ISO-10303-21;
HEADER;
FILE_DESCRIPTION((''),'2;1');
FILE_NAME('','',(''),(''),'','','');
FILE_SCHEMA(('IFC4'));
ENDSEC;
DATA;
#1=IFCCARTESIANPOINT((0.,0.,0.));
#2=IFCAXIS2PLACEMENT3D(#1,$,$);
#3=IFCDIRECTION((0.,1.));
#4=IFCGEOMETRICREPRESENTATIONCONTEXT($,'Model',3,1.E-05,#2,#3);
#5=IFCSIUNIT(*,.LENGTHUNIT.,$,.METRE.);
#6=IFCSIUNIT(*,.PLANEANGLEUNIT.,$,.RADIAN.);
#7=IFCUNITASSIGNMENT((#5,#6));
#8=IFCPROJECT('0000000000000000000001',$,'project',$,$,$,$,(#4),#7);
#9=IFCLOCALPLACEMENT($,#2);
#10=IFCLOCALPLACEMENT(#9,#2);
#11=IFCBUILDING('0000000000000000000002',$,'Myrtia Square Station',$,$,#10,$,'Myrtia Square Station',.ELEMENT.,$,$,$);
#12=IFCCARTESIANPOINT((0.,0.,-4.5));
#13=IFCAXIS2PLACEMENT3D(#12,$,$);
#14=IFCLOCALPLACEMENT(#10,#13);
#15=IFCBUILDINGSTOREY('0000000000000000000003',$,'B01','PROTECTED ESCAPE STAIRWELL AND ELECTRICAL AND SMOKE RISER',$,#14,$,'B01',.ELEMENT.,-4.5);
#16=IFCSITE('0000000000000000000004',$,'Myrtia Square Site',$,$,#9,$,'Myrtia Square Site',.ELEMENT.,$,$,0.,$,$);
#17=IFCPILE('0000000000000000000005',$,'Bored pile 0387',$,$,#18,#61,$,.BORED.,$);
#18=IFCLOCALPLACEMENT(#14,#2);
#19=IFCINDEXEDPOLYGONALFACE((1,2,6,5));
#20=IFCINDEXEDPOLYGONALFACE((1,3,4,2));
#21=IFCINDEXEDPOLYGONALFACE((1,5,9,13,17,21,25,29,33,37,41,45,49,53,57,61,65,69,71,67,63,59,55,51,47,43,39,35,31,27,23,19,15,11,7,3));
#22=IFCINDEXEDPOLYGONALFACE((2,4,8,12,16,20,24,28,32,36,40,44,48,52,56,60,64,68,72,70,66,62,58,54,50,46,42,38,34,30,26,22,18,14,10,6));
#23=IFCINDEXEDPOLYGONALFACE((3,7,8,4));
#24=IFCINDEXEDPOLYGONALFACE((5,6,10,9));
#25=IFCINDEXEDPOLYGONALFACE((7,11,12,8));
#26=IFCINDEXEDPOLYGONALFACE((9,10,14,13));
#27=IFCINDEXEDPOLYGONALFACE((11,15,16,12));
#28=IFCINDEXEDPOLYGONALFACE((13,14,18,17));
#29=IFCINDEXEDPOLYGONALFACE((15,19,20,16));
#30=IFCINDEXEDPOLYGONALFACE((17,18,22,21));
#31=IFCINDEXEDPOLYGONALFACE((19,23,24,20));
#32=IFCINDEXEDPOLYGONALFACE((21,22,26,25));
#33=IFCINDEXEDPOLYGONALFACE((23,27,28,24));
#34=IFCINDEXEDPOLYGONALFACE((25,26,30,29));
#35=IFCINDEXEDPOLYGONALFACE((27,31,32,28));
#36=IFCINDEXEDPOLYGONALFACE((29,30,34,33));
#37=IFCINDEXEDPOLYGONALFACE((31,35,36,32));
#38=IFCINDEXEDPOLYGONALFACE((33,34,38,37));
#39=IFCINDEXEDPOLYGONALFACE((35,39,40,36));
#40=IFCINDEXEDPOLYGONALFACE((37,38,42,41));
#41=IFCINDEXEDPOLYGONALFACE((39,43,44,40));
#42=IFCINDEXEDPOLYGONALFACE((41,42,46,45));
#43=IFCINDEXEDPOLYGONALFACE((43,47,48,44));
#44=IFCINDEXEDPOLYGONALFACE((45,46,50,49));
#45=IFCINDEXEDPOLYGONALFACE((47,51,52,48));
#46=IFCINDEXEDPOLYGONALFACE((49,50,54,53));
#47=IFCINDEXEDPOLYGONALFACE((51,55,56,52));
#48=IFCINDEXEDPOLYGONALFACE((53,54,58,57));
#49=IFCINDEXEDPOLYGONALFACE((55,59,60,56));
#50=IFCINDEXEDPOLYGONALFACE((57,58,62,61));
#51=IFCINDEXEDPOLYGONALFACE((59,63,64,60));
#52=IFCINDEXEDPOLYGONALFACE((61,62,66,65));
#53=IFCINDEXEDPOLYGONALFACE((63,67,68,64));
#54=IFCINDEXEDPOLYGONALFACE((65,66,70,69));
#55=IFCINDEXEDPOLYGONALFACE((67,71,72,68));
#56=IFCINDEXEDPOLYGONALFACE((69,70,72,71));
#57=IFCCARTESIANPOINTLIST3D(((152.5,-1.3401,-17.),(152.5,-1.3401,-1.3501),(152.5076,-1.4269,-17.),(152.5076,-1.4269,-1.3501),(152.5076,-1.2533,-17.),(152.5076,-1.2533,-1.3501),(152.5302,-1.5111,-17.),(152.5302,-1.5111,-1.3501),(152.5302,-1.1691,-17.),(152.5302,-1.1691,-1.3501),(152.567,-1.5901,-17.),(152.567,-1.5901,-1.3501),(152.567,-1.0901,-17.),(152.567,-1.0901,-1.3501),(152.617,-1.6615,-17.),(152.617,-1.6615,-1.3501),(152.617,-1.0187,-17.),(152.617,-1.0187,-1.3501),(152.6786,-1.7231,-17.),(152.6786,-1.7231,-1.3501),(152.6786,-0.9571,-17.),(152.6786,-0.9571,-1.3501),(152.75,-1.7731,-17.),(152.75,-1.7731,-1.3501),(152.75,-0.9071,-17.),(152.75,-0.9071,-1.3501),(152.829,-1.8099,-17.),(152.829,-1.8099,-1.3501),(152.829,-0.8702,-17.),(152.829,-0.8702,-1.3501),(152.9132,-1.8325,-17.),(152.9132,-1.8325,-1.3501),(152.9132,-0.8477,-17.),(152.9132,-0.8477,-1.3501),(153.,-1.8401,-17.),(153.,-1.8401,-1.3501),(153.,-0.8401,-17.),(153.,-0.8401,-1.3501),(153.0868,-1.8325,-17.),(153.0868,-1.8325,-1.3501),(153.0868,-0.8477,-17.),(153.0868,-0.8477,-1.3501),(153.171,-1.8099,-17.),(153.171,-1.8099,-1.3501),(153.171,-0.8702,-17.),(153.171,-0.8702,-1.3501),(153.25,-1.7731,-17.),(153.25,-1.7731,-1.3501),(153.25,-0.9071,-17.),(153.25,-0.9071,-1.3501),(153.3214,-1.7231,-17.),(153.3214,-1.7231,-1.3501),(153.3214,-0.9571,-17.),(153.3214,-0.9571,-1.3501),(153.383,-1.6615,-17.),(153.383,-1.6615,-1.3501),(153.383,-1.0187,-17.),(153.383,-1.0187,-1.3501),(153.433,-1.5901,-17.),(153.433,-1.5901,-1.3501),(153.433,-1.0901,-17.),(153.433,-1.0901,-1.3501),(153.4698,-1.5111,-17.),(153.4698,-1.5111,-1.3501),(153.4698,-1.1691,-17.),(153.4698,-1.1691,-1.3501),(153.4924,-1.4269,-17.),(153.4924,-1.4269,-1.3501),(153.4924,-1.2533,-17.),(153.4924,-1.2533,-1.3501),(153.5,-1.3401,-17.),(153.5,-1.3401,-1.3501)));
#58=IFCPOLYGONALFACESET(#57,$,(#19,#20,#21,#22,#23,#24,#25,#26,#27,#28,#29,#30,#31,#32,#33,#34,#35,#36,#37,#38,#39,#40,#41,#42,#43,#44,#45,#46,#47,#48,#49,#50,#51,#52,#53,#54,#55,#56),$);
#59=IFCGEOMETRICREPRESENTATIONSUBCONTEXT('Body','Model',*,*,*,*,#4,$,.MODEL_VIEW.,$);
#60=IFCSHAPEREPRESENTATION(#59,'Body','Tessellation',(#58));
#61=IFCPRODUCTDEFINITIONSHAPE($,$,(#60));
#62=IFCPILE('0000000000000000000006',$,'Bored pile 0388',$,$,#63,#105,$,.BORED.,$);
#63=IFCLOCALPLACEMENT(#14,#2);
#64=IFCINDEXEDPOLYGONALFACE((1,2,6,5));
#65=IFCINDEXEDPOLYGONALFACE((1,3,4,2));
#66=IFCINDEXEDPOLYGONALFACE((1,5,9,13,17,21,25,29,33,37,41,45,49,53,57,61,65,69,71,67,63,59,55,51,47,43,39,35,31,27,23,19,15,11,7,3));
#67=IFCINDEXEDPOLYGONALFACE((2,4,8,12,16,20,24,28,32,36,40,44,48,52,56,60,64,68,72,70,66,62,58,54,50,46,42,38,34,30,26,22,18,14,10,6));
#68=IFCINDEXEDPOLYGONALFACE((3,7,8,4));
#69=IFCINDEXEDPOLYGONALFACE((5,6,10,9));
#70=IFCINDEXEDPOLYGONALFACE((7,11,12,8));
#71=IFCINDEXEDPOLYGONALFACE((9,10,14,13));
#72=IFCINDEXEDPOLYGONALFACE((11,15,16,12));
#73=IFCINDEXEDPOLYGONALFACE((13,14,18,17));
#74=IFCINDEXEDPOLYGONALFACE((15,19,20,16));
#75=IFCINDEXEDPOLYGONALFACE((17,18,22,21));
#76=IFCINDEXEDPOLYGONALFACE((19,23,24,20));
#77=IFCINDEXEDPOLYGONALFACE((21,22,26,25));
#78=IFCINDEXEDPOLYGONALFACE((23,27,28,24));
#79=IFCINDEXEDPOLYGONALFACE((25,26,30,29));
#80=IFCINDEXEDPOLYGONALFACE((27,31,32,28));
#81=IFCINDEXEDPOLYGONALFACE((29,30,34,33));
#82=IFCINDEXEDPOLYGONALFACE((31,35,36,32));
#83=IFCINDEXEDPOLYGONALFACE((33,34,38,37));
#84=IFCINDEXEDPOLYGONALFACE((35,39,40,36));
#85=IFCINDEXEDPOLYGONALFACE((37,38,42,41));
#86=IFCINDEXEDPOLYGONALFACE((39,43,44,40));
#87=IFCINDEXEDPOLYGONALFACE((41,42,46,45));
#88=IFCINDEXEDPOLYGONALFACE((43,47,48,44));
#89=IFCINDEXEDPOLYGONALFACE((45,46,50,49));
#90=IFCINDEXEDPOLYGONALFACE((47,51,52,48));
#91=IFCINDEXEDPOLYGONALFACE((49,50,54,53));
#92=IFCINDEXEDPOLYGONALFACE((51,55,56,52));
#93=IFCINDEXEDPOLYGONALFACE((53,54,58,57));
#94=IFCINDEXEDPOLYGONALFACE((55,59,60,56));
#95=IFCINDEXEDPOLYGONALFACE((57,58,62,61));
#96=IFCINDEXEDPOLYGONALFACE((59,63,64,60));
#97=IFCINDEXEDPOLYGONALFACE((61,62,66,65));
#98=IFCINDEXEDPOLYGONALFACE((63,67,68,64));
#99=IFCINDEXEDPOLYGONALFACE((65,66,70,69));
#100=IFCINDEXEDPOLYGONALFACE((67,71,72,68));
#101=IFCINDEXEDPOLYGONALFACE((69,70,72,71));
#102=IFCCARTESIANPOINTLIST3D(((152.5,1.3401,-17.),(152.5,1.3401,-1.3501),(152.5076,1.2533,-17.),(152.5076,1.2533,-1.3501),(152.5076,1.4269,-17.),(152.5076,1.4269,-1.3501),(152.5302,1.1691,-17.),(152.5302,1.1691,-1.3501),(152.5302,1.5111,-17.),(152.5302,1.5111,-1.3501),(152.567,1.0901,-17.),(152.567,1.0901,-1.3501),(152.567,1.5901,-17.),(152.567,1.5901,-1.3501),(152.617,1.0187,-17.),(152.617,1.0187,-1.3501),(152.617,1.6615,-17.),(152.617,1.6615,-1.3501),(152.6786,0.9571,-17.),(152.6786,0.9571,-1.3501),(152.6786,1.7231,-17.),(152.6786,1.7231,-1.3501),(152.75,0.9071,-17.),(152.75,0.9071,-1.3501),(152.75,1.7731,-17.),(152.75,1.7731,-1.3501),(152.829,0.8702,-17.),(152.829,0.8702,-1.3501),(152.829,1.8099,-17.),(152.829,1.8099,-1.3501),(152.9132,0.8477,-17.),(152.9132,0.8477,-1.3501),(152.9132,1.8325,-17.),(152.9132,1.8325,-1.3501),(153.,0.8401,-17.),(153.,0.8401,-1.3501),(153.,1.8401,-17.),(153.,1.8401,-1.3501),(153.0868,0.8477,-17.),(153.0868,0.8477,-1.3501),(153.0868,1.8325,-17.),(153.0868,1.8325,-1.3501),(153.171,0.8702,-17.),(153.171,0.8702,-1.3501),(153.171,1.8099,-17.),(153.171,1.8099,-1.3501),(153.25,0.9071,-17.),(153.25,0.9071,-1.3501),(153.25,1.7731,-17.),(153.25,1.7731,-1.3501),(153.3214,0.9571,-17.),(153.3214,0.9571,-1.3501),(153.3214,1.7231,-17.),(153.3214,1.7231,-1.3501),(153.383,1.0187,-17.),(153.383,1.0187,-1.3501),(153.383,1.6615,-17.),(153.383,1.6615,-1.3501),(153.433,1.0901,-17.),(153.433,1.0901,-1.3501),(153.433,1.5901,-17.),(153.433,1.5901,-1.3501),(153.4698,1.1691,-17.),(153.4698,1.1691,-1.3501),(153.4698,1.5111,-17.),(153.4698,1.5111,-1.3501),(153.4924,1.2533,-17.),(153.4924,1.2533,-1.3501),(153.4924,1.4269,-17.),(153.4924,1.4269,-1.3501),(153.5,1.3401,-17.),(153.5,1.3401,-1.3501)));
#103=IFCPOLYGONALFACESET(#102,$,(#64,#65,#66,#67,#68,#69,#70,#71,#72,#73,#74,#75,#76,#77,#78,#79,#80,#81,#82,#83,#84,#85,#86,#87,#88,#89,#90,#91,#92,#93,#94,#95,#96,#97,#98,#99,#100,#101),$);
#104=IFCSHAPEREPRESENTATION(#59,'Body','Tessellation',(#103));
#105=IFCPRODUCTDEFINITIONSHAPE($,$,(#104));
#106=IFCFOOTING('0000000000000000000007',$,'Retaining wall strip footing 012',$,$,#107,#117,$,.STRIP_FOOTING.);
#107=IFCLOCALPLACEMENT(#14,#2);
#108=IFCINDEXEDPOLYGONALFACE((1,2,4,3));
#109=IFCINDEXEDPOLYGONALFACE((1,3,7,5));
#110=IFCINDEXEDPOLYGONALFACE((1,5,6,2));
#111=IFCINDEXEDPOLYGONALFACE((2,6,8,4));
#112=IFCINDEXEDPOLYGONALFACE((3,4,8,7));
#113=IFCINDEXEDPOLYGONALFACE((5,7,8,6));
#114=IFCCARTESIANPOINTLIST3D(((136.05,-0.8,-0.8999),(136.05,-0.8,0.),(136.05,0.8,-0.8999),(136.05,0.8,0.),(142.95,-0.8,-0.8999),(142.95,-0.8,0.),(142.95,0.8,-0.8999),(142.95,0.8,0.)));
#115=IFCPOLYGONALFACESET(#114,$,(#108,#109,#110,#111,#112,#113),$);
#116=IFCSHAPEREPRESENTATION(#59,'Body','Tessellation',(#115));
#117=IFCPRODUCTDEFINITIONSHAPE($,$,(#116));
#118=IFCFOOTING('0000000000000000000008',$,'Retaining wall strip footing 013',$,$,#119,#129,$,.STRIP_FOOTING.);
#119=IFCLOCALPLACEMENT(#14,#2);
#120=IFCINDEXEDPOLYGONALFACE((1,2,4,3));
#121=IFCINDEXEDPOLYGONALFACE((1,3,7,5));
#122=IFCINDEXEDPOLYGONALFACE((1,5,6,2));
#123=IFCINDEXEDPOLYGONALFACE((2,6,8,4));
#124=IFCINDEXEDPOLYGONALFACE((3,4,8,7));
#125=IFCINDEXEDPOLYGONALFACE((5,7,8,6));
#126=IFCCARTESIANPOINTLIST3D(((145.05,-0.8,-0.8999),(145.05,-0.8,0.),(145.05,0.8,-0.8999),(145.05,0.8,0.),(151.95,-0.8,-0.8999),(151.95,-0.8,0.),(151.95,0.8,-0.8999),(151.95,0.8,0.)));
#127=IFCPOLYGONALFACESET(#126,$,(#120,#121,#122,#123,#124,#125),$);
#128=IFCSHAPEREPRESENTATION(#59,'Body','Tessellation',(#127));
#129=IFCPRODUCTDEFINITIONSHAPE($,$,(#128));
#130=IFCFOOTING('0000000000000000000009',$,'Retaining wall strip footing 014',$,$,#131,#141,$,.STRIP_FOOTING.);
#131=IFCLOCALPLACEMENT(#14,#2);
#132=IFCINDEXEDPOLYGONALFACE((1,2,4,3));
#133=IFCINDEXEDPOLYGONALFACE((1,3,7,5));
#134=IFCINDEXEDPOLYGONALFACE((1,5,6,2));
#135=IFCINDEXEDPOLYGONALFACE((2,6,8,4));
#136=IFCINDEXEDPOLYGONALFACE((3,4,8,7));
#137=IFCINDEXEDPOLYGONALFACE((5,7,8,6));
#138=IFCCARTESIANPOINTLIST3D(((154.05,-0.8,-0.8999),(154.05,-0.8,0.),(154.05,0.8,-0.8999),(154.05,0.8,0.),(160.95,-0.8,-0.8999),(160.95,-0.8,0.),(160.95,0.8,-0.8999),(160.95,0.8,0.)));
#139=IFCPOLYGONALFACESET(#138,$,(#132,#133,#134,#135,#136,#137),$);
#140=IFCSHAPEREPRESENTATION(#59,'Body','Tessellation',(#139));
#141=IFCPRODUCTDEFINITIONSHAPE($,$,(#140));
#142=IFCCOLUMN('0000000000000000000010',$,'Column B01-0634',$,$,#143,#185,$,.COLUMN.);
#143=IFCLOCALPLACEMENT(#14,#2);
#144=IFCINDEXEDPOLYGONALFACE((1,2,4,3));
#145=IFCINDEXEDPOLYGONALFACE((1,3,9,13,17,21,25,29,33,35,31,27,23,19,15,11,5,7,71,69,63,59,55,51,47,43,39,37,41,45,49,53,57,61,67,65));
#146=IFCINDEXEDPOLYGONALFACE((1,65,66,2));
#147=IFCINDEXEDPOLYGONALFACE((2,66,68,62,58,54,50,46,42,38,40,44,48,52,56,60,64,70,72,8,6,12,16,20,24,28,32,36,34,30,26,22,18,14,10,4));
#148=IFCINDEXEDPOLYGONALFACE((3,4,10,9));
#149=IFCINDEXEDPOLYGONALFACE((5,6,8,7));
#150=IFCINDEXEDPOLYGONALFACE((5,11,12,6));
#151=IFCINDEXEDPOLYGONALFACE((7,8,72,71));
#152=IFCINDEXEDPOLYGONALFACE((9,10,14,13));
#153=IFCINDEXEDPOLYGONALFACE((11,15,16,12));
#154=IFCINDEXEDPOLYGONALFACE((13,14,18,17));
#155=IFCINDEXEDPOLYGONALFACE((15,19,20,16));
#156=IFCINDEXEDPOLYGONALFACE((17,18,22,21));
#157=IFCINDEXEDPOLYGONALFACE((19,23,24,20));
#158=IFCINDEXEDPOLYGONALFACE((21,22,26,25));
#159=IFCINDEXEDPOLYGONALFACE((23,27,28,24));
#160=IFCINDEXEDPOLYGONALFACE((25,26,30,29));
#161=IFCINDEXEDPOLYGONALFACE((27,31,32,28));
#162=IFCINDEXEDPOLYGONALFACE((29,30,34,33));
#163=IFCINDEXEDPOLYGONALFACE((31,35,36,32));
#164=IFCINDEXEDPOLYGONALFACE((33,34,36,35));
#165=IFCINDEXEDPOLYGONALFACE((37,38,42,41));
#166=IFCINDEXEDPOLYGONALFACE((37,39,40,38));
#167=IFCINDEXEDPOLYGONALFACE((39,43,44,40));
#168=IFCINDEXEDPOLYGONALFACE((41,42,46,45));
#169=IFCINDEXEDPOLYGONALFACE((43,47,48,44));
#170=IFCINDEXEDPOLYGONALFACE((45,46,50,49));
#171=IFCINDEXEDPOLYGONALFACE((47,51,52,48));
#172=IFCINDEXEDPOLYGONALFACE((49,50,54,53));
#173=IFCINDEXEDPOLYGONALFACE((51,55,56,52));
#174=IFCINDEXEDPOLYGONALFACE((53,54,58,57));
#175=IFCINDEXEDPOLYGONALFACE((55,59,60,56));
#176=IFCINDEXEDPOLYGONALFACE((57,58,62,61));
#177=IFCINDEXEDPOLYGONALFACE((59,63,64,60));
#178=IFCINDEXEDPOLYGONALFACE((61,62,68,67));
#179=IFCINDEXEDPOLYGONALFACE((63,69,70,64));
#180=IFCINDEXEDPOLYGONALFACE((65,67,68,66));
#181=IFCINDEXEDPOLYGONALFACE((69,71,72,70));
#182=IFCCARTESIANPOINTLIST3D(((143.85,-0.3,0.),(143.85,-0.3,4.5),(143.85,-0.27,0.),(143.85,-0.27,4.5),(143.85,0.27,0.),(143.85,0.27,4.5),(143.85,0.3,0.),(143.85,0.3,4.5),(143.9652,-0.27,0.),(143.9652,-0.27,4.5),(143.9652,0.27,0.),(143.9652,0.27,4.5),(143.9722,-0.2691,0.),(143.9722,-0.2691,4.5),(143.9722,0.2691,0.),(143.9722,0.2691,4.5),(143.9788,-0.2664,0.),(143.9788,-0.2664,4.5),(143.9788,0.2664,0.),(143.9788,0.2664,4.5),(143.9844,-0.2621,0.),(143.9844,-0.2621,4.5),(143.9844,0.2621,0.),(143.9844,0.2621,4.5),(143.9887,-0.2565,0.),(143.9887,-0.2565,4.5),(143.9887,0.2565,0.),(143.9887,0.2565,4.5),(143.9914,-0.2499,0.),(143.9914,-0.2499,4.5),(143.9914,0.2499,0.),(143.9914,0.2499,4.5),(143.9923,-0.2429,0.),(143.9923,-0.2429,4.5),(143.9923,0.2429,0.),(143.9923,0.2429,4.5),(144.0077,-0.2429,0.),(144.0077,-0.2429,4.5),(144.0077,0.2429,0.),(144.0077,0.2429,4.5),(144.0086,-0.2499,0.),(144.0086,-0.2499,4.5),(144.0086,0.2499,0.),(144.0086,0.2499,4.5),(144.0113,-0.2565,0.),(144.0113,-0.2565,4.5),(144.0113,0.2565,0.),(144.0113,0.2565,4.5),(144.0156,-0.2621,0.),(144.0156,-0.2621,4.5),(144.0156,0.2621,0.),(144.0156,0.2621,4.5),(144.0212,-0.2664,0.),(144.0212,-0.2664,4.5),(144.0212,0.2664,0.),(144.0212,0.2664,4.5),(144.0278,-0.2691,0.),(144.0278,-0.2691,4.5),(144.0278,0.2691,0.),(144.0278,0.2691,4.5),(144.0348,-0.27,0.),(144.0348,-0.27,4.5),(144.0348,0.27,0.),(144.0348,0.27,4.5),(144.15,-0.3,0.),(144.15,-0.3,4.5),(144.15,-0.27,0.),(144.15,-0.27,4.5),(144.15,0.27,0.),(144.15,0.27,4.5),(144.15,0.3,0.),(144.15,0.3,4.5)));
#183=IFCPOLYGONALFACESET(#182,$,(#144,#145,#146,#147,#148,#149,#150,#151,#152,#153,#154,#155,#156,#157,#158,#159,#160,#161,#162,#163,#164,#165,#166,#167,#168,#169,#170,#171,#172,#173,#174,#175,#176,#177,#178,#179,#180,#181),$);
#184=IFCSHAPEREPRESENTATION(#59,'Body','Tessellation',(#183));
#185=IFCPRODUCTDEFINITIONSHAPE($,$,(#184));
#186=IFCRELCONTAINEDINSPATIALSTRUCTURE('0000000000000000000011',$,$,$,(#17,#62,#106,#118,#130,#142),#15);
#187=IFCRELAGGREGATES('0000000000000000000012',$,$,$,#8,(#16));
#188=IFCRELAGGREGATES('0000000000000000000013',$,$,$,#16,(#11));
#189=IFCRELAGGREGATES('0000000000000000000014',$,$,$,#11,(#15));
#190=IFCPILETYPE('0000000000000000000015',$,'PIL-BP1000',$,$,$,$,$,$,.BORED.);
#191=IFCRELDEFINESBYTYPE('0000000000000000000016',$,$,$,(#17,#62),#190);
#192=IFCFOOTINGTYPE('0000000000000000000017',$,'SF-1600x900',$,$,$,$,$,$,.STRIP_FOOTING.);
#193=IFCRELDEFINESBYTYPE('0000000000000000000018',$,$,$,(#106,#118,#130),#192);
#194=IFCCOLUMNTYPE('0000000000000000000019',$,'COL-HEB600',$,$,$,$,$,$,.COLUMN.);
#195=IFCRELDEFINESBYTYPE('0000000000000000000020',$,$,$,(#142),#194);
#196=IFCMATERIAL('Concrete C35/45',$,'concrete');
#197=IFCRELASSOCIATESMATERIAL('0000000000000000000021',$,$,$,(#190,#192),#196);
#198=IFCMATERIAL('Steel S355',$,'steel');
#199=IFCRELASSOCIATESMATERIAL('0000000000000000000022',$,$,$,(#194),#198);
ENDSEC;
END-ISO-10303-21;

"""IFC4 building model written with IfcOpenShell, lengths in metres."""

from ifc_helpers import new_model, si_unit, direction, frame, origin, origin_2d, place, context, subcontext, project, spatial, rectangle, circle, i_section, extrude, material, material_profile, profile_set, type_object, element, save


model = new_model("IFC4")

# Units and contexts
model_context = context("Model", 3, precision=1e-05, world=origin(), true_north=direction((0.0, 1.0)))
body_context = subcontext(model_context, "Body", "Model", "MODEL_VIEW")
ifc_project = project(units=[si_unit("LENGTHUNIT", "METRE"), si_unit("PLANEANGLEUNIT", "RADIAN")], contexts=[model_context])

# Site, building, storey
site_placement = place(None, origin())
site = spatial("IfcSite", under=ifc_project, at=site_placement, Name="Myrtia Square Site", LongName="Myrtia Square Site", CompositionType="ELEMENT", RefElevation=0.0)
building_placement = place(site_placement, origin())
building = spatial("IfcBuilding", under=site, at=building_placement, Name="Myrtia Square Station", LongName="Myrtia Square Station", CompositionType="ELEMENT")
storey_placement = place(building_placement, frame((0.0, 0.0, -4.5)))
storey = spatial("IfcBuildingStorey", under=building, at=storey_placement, Name="B01", Description="PROTECTED ESCAPE STAIRWELL AND ELECTRICAL AND SMOKE RISER", LongName="B01", CompositionType="ELEMENT", Elevation=-4.5)

# Shared definitions
ifc_material_1 = material(Name="Concrete C35/45", Category="concrete")

# Piles
ifc_material_profile_1 = material_profile(ifc_material_1, circle(Radius=0.5, at=origin_2d()), Name="BP D1000")
ifc_profile_set_1 = profile_set([ifc_material_profile_1], Name="Concrete C35/45")
pile_type = type_object("IfcPileType", Name="PIL-BP1000", PredefinedType="BORED", material=ifc_profile_set_1)
for number, where, z_axis, x_axis, name in (
    (1, (153.0, -1.3401, -1.3501), (0.0, 0.0, -1.0), (1.0, 0.0, 0.0), "Bored pile 0387"),
    (2, (153.0, 1.3401, -1.3501), (0.0, 0.0, -1.0), (1.0, 0.0, 0.0), "Bored pile 0388"),
):
    element("IfcPile", number, at=place(storey_placement, frame(where, z_axis=z_axis, x_axis=x_axis)), inside=storey, type_object=pile_type, Name=name, PredefinedType="BORED", context=body_context, shape_type="SweptSolid", body=[
        extrude(circle(Radius=0.5, at=origin_2d()), origin(), (0.0, 0.0, 1.0), 15.6499),
    ])

# Footings
footing_type_1 = type_object("IfcFootingType", Name="SF-1600x900", PredefinedType="STRIP_FOOTING", material=ifc_material_1)
for number, where, z_axis, x_axis, name in (
    (3, (139.5, 0.0, -0.8999), (0.0, 0.0, 1.0), (1.0, 0.0, 0.0), "Retaining wall strip footing 012"),
    (4, (148.5, 0.0, -0.8999), (0.0, 0.0, 1.0), (1.0, 0.0, 0.0), "Retaining wall strip footing 013"),
    (5, (157.5, 0.0, -0.8999), (0.0, 0.0, 1.0), (1.0, 0.0, 0.0), "Retaining wall strip footing 014"),
):
    element("IfcFooting", number, at=place(storey_placement, frame(where, z_axis=z_axis, x_axis=x_axis)), inside=storey, type_object=footing_type_1, Name=name, PredefinedType="STRIP_FOOTING", context=body_context, shape_type="SweptSolid", body=[
        extrude(rectangle(XDim=6.8999, YDim=1.6001, at=origin_2d()), origin(), (0.0, 0.0, 1.0), 0.8999),
    ])

# Column
ifc_material_2 = material(Name="Steel S355", Category="steel")
ifc_material_profile_2 = material_profile(ifc_material_2, i_section(OverallWidth=0.3, OverallDepth=0.6001, WebThickness=0.0154, FlangeThickness=0.03, FilletRadius=0.0271, at=origin_2d()), Name="HEB 600")
ifc_profile_set_2 = profile_set([ifc_material_profile_2], Name="Steel S355")
column_type = type_object("IfcColumnType", Name="COL-HEB600", PredefinedType="COLUMN", material=ifc_profile_set_2)
for number, where, z_axis, x_axis, name in (
    (6, (144.0, 0.0, 0.0), (0.0, 0.0, 1.0), (1.0, 0.0, 0.0), "Column B01-0634"),
):
    element("IfcColumn", number, at=place(storey_placement, frame(where, z_axis=z_axis, x_axis=x_axis)), inside=storey, type_object=column_type, Name=name, PredefinedType="COLUMN", context=body_context, shape_type="SweptSolid", body=[
        extrude(i_section(OverallWidth=0.3, OverallDepth=0.6001, WebThickness=0.0154, FlangeThickness=0.03, FilletRadius=0.0271, at=origin_2d()), origin(), (0.0, 0.0, 1.0), 4.5),
    ])

save(model, "model.ifc")
